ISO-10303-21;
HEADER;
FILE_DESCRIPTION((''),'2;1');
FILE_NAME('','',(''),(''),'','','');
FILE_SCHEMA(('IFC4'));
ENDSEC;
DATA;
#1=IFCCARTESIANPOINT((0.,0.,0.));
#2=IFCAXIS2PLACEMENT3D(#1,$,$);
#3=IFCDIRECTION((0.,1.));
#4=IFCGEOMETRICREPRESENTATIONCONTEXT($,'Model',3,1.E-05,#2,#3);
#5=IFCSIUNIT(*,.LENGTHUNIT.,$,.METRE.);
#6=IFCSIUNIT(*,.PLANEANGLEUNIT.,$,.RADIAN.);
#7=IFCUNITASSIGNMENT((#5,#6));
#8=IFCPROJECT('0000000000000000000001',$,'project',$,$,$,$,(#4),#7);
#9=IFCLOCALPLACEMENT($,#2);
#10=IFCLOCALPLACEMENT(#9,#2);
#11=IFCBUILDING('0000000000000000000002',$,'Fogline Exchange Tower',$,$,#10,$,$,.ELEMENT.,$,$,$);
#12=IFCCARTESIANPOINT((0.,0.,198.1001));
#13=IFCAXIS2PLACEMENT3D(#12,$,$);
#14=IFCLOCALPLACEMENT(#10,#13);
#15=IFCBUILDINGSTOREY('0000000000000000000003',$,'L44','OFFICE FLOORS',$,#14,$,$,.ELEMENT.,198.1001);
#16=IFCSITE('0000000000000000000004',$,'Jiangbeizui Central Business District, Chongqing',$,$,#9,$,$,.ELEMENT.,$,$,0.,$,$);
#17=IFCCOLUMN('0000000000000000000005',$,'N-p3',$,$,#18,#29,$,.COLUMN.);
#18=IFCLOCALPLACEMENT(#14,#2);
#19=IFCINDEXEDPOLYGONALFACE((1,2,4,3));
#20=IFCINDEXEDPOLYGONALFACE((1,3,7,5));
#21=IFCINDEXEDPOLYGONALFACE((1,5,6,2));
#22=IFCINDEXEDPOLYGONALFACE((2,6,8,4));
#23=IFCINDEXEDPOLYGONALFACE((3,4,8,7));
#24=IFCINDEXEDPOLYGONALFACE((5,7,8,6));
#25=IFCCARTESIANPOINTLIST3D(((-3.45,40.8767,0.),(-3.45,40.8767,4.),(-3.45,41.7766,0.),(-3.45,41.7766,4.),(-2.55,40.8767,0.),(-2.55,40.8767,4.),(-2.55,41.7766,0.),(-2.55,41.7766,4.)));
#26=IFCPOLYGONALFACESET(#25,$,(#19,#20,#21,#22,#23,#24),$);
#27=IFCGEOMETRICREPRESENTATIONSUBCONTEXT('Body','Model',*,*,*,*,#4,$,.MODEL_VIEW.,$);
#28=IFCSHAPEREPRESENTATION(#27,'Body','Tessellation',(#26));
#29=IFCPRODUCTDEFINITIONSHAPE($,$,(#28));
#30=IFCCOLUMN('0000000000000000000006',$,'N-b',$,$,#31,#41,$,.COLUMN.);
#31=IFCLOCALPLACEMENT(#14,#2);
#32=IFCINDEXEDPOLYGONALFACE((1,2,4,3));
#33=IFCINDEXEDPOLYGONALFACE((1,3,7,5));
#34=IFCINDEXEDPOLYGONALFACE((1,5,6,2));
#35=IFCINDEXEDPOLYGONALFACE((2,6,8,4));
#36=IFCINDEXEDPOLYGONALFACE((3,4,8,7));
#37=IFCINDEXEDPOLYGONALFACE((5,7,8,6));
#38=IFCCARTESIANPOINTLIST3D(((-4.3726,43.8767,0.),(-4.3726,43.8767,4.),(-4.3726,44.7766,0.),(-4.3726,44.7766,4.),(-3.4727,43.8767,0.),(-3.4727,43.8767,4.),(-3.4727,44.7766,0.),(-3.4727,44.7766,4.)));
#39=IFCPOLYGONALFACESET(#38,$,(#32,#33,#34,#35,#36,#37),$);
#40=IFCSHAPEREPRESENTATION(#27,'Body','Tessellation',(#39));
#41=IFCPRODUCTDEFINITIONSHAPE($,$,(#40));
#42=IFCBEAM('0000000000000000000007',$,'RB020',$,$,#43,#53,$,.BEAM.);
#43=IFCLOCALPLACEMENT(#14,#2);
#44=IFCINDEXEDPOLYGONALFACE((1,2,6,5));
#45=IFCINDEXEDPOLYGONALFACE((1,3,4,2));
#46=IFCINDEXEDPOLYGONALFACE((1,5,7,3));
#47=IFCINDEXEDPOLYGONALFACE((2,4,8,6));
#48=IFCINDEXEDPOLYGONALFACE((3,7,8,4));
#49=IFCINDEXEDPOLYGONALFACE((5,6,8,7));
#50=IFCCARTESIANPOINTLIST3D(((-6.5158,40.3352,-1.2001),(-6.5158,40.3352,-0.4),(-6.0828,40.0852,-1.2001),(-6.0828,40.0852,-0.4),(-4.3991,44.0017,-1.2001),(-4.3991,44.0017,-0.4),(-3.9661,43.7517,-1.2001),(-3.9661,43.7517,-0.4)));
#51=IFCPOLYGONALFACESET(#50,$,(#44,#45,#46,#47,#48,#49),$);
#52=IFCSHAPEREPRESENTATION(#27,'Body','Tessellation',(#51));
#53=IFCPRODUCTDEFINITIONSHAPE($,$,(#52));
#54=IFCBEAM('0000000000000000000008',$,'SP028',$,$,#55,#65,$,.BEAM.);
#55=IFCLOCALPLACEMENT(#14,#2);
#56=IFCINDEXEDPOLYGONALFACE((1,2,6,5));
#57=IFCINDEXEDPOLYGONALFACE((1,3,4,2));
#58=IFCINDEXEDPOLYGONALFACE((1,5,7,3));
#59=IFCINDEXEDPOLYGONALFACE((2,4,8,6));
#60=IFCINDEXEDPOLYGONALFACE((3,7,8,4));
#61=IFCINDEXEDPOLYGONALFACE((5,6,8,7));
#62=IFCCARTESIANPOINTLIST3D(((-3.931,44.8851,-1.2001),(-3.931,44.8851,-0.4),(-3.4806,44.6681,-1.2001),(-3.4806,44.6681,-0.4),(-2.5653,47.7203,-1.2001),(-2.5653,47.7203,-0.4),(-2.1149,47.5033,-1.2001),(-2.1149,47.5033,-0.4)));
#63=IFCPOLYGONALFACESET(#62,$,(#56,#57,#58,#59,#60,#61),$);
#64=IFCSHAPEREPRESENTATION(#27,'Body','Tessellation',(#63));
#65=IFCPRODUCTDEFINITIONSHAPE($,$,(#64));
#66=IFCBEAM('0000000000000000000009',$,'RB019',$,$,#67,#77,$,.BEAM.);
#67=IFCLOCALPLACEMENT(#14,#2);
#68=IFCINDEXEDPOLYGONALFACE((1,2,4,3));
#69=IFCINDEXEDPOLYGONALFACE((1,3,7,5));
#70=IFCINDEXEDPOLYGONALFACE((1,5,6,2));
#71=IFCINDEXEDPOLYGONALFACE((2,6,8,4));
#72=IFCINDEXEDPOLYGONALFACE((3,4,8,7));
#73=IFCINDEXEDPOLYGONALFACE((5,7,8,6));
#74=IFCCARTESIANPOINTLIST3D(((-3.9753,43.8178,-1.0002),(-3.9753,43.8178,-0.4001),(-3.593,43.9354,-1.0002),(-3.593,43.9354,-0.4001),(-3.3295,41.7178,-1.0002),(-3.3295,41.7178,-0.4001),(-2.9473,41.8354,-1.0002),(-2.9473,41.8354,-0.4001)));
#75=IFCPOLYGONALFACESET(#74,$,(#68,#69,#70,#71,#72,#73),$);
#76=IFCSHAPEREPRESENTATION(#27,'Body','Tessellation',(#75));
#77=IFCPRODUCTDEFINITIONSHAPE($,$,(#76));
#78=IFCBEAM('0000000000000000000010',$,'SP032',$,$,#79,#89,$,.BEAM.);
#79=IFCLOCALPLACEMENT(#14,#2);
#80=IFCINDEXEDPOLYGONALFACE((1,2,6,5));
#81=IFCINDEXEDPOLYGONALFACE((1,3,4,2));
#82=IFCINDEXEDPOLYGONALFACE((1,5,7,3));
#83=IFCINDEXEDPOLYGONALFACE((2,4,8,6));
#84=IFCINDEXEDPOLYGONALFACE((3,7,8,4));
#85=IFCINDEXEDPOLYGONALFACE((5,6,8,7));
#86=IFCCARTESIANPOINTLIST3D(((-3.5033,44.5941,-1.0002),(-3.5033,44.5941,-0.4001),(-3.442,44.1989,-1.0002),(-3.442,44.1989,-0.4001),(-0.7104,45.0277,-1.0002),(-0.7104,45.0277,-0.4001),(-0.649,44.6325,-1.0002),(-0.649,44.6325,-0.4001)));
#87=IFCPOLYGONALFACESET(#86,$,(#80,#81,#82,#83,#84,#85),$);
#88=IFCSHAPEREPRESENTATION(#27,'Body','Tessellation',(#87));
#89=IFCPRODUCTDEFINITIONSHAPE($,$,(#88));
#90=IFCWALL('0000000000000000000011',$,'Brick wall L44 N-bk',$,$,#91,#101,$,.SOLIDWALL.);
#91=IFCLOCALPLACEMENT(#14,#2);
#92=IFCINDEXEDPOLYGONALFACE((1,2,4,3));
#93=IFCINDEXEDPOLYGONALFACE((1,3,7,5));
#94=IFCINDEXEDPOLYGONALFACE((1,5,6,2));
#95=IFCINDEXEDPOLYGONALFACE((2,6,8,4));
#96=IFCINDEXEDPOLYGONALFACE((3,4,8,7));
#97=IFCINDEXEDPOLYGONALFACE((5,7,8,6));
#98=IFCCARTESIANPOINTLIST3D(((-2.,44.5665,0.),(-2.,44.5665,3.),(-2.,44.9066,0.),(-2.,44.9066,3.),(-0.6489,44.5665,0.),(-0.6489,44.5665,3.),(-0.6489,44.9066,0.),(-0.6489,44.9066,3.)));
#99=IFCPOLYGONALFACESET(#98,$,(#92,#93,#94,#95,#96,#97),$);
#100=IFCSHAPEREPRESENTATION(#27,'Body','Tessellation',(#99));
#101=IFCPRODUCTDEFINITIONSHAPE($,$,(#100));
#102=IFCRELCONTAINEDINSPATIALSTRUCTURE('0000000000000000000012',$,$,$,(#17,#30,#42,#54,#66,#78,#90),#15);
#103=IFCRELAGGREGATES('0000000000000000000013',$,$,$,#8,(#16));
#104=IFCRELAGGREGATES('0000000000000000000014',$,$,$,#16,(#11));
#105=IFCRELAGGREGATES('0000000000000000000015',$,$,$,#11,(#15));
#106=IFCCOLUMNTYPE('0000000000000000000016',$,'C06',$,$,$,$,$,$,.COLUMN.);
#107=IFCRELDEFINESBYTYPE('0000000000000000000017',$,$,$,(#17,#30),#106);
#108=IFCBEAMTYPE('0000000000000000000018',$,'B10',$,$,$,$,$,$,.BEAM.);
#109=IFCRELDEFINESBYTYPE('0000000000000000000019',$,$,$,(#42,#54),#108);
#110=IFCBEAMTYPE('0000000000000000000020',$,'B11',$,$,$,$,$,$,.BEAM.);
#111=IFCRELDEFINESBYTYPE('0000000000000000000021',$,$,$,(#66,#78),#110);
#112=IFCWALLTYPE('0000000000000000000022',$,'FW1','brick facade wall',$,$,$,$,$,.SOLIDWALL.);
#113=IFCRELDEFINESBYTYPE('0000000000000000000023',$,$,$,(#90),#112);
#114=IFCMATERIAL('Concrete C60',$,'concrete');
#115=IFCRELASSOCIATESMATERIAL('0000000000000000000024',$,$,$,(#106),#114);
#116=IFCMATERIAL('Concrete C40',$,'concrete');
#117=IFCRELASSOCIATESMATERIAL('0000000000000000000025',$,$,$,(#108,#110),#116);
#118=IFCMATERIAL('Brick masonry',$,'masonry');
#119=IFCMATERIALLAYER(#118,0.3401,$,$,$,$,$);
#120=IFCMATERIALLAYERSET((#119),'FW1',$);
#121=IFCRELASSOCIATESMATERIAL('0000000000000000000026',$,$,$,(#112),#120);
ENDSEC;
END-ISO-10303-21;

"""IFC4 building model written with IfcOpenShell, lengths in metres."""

from ifc_helpers import new_model, si_unit, direction, frame, frame_2d, origin, origin_2d, place, context, subcontext, project, spatial, rectangle, extrude, material, layer, layer_set, material_profile, profile_set, type_object, element, save


model = new_model("IFC4")

# Units and contexts
model_context = context("Model", 3, precision=1e-05, world=origin(), true_north=direction((0.0, 1.0)))
body_context = subcontext(model_context, "Body", "Model", "MODEL_VIEW")
ifc_project = project(units=[si_unit("LENGTHUNIT", "METRE"), si_unit("PLANEANGLEUNIT", "RADIAN")], contexts=[model_context])

# Site, building, storey
site_placement = place(None, origin())
site = spatial("IfcSite", under=ifc_project, at=site_placement, Name="Jiangbeizui Central Business District, Chongqing", CompositionType="ELEMENT", RefElevation=0.0)
building_placement = place(site_placement, origin())
building = spatial("IfcBuilding", under=site, at=building_placement, Name="Fogline Exchange Tower", CompositionType="ELEMENT")
storey_placement = place(building_placement, frame((0.0, 0.0, 198.1001)))
storey = spatial("IfcBuildingStorey", under=building, at=storey_placement, Name="L44", Description="OFFICE FLOORS", CompositionType="ELEMENT", Elevation=198.1001)

# Columns
ifc_material_1 = material(Name="Concrete C60", Category="concrete")
ifc_material_profile_1 = material_profile(ifc_material_1, rectangle(XDim=0.8999, YDim=0.8999, at=origin_2d()), Name="RC 900x900")
ifc_profile_set_1 = profile_set([ifc_material_profile_1], Name="Concrete C60")
column_type = type_object("IfcColumnType", Name="C06", PredefinedType="COLUMN", material=ifc_profile_set_1)
for number, where, z_axis, x_axis, name in (
    (1, (-3.0, 41.3267, 0.0), (0.0, 0.0, 1.0), (1.0, 0.0, 0.0), "N-p3"),
    (2, (-3.9226, 44.3267, 0.0), (0.0, 0.0, 1.0), (1.0, 0.0, 0.0), "N-b"),
):
    element("IfcColumn", number, at=place(storey_placement, frame(where, z_axis=z_axis, x_axis=x_axis)), inside=storey, type_object=column_type, Name=name, PredefinedType="COLUMN", context=body_context, shape_type="SweptSolid", body=[
        extrude(rectangle(XDim=0.8999, YDim=0.8999, at=origin_2d()), origin(), (0.0, 0.0, 1.0), 4.0),
    ])

# Beams
ifc_material_2 = material(Name="Concrete C40", Category="concrete")
ifc_material_profile_2 = material_profile(ifc_material_2, rectangle(XDim=0.5, YDim=0.8, at=origin_2d()), Name="RC 500x800")
ifc_profile_set_2 = profile_set([ifc_material_profile_2], Name="Concrete C40")
beam_type_1 = type_object("IfcBeamType", Name="B10", PredefinedType="BEAM", material=ifc_profile_set_2)
beam_1_placement = place(storey_placement, frame((-4.1826, 43.8767, -0.8), z_axis=(-0.499972, -0.866042, 0.0), x_axis=(0.866042, -0.499972, 0.0)))
element("IfcBeam", 3, at=beam_1_placement, inside=storey, type_object=beam_type_1, Name="RB020", PredefinedType="BEAM", context=body_context, shape_type="SweptSolid", body=[
    extrude(rectangle(XDim=0.5, YDim=0.8, at=origin_2d()), origin(), (0.0, 0.0, 1.0), 4.2336),
])
beam_2_placement = place(storey_placement, frame((-3.7058, 44.7766, -0.8), z_axis=(0.433977, 0.900924, 0.0), x_axis=(-0.900924, 0.433977, 0.0)))
element("IfcBeam", 4, at=beam_2_placement, inside=storey, type_object=beam_type_1, Name="SP028", PredefinedType="BEAM", context=body_context, shape_type="SweptSolid", body=[
    extrude(rectangle(XDim=0.5, YDim=0.8, at=origin_2d()), origin(), (0.0, 0.0, 1.0), 3.147),
])
ifc_material_profile_3 = material_profile(ifc_material_2, rectangle(XDim=0.3999, YDim=0.6001, at=origin_2d()), Name="RC 400x600")
ifc_profile_set_3 = profile_set([ifc_material_profile_3], Name="Concrete C40")
beam_type_2 = type_object("IfcBeamType", Name="B11", PredefinedType="BEAM", material=ifc_profile_set_3)
beam_3_placement = place(storey_placement, frame((-3.1384, 41.7766, -0.7002), z_axis=(-0.293906, 0.955834, 0.0), x_axis=(-0.955834, -0.293906, 0.0)))
element("IfcBeam", 5, at=beam_3_placement, inside=storey, type_object=beam_type_2, Name="RB019", PredefinedType="BEAM", context=body_context, shape_type="SweptSolid", body=[
    extrude(rectangle(XDim=0.3999, YDim=0.6001, at=origin_2d()), origin(), (0.0, 0.0, 1.0), 2.197),
])
beam_4_placement = place(storey_placement, frame((-3.4727, 44.3965, -0.7002), z_axis=(0.988163, 0.153407, 0.0), x_axis=(-0.153407, 0.988163, 0.0)))
element("IfcBeam", 6, at=beam_4_placement, inside=storey, type_object=beam_type_2, Name="SP032", PredefinedType="BEAM", context=body_context, shape_type="SweptSolid", body=[
    extrude(rectangle(XDim=0.3999, YDim=0.6001, at=origin_2d()), origin(), (0.0, 0.0, 1.0), 2.8264),
])

# Wall
ifc_material_3 = material(Name="Brick masonry", Category="masonry")
ifc_layer = layer(ifc_material_3, 0.3401)
ifc_layer_set = layer_set([ifc_layer], Name="FW1")
wall_type = type_object("IfcWallType", Name="FW1", Description="brick facade wall", PredefinedType="SOLIDWALL", material=ifc_layer_set)
wall_1_placement = place(storey_placement, frame((-0.6489, 44.7366, 0.0), z_axis=(0.0, 0.0, 1.0), x_axis=(-1.0, 0.0, 0.0)))
element("IfcWall", 7, at=wall_1_placement, inside=storey, type_object=wall_type, Name="Brick wall L44 N-bk", PredefinedType="SOLIDWALL", context=body_context, shape_type="SweptSolid", body=[
    extrude(rectangle(XDim=1.3511, YDim=0.3401, at=frame_2d((0.6755, 0.0))), origin(), (0.0, 0.0, 1.0), 3.0),
])

save(model, "model.ifc")
